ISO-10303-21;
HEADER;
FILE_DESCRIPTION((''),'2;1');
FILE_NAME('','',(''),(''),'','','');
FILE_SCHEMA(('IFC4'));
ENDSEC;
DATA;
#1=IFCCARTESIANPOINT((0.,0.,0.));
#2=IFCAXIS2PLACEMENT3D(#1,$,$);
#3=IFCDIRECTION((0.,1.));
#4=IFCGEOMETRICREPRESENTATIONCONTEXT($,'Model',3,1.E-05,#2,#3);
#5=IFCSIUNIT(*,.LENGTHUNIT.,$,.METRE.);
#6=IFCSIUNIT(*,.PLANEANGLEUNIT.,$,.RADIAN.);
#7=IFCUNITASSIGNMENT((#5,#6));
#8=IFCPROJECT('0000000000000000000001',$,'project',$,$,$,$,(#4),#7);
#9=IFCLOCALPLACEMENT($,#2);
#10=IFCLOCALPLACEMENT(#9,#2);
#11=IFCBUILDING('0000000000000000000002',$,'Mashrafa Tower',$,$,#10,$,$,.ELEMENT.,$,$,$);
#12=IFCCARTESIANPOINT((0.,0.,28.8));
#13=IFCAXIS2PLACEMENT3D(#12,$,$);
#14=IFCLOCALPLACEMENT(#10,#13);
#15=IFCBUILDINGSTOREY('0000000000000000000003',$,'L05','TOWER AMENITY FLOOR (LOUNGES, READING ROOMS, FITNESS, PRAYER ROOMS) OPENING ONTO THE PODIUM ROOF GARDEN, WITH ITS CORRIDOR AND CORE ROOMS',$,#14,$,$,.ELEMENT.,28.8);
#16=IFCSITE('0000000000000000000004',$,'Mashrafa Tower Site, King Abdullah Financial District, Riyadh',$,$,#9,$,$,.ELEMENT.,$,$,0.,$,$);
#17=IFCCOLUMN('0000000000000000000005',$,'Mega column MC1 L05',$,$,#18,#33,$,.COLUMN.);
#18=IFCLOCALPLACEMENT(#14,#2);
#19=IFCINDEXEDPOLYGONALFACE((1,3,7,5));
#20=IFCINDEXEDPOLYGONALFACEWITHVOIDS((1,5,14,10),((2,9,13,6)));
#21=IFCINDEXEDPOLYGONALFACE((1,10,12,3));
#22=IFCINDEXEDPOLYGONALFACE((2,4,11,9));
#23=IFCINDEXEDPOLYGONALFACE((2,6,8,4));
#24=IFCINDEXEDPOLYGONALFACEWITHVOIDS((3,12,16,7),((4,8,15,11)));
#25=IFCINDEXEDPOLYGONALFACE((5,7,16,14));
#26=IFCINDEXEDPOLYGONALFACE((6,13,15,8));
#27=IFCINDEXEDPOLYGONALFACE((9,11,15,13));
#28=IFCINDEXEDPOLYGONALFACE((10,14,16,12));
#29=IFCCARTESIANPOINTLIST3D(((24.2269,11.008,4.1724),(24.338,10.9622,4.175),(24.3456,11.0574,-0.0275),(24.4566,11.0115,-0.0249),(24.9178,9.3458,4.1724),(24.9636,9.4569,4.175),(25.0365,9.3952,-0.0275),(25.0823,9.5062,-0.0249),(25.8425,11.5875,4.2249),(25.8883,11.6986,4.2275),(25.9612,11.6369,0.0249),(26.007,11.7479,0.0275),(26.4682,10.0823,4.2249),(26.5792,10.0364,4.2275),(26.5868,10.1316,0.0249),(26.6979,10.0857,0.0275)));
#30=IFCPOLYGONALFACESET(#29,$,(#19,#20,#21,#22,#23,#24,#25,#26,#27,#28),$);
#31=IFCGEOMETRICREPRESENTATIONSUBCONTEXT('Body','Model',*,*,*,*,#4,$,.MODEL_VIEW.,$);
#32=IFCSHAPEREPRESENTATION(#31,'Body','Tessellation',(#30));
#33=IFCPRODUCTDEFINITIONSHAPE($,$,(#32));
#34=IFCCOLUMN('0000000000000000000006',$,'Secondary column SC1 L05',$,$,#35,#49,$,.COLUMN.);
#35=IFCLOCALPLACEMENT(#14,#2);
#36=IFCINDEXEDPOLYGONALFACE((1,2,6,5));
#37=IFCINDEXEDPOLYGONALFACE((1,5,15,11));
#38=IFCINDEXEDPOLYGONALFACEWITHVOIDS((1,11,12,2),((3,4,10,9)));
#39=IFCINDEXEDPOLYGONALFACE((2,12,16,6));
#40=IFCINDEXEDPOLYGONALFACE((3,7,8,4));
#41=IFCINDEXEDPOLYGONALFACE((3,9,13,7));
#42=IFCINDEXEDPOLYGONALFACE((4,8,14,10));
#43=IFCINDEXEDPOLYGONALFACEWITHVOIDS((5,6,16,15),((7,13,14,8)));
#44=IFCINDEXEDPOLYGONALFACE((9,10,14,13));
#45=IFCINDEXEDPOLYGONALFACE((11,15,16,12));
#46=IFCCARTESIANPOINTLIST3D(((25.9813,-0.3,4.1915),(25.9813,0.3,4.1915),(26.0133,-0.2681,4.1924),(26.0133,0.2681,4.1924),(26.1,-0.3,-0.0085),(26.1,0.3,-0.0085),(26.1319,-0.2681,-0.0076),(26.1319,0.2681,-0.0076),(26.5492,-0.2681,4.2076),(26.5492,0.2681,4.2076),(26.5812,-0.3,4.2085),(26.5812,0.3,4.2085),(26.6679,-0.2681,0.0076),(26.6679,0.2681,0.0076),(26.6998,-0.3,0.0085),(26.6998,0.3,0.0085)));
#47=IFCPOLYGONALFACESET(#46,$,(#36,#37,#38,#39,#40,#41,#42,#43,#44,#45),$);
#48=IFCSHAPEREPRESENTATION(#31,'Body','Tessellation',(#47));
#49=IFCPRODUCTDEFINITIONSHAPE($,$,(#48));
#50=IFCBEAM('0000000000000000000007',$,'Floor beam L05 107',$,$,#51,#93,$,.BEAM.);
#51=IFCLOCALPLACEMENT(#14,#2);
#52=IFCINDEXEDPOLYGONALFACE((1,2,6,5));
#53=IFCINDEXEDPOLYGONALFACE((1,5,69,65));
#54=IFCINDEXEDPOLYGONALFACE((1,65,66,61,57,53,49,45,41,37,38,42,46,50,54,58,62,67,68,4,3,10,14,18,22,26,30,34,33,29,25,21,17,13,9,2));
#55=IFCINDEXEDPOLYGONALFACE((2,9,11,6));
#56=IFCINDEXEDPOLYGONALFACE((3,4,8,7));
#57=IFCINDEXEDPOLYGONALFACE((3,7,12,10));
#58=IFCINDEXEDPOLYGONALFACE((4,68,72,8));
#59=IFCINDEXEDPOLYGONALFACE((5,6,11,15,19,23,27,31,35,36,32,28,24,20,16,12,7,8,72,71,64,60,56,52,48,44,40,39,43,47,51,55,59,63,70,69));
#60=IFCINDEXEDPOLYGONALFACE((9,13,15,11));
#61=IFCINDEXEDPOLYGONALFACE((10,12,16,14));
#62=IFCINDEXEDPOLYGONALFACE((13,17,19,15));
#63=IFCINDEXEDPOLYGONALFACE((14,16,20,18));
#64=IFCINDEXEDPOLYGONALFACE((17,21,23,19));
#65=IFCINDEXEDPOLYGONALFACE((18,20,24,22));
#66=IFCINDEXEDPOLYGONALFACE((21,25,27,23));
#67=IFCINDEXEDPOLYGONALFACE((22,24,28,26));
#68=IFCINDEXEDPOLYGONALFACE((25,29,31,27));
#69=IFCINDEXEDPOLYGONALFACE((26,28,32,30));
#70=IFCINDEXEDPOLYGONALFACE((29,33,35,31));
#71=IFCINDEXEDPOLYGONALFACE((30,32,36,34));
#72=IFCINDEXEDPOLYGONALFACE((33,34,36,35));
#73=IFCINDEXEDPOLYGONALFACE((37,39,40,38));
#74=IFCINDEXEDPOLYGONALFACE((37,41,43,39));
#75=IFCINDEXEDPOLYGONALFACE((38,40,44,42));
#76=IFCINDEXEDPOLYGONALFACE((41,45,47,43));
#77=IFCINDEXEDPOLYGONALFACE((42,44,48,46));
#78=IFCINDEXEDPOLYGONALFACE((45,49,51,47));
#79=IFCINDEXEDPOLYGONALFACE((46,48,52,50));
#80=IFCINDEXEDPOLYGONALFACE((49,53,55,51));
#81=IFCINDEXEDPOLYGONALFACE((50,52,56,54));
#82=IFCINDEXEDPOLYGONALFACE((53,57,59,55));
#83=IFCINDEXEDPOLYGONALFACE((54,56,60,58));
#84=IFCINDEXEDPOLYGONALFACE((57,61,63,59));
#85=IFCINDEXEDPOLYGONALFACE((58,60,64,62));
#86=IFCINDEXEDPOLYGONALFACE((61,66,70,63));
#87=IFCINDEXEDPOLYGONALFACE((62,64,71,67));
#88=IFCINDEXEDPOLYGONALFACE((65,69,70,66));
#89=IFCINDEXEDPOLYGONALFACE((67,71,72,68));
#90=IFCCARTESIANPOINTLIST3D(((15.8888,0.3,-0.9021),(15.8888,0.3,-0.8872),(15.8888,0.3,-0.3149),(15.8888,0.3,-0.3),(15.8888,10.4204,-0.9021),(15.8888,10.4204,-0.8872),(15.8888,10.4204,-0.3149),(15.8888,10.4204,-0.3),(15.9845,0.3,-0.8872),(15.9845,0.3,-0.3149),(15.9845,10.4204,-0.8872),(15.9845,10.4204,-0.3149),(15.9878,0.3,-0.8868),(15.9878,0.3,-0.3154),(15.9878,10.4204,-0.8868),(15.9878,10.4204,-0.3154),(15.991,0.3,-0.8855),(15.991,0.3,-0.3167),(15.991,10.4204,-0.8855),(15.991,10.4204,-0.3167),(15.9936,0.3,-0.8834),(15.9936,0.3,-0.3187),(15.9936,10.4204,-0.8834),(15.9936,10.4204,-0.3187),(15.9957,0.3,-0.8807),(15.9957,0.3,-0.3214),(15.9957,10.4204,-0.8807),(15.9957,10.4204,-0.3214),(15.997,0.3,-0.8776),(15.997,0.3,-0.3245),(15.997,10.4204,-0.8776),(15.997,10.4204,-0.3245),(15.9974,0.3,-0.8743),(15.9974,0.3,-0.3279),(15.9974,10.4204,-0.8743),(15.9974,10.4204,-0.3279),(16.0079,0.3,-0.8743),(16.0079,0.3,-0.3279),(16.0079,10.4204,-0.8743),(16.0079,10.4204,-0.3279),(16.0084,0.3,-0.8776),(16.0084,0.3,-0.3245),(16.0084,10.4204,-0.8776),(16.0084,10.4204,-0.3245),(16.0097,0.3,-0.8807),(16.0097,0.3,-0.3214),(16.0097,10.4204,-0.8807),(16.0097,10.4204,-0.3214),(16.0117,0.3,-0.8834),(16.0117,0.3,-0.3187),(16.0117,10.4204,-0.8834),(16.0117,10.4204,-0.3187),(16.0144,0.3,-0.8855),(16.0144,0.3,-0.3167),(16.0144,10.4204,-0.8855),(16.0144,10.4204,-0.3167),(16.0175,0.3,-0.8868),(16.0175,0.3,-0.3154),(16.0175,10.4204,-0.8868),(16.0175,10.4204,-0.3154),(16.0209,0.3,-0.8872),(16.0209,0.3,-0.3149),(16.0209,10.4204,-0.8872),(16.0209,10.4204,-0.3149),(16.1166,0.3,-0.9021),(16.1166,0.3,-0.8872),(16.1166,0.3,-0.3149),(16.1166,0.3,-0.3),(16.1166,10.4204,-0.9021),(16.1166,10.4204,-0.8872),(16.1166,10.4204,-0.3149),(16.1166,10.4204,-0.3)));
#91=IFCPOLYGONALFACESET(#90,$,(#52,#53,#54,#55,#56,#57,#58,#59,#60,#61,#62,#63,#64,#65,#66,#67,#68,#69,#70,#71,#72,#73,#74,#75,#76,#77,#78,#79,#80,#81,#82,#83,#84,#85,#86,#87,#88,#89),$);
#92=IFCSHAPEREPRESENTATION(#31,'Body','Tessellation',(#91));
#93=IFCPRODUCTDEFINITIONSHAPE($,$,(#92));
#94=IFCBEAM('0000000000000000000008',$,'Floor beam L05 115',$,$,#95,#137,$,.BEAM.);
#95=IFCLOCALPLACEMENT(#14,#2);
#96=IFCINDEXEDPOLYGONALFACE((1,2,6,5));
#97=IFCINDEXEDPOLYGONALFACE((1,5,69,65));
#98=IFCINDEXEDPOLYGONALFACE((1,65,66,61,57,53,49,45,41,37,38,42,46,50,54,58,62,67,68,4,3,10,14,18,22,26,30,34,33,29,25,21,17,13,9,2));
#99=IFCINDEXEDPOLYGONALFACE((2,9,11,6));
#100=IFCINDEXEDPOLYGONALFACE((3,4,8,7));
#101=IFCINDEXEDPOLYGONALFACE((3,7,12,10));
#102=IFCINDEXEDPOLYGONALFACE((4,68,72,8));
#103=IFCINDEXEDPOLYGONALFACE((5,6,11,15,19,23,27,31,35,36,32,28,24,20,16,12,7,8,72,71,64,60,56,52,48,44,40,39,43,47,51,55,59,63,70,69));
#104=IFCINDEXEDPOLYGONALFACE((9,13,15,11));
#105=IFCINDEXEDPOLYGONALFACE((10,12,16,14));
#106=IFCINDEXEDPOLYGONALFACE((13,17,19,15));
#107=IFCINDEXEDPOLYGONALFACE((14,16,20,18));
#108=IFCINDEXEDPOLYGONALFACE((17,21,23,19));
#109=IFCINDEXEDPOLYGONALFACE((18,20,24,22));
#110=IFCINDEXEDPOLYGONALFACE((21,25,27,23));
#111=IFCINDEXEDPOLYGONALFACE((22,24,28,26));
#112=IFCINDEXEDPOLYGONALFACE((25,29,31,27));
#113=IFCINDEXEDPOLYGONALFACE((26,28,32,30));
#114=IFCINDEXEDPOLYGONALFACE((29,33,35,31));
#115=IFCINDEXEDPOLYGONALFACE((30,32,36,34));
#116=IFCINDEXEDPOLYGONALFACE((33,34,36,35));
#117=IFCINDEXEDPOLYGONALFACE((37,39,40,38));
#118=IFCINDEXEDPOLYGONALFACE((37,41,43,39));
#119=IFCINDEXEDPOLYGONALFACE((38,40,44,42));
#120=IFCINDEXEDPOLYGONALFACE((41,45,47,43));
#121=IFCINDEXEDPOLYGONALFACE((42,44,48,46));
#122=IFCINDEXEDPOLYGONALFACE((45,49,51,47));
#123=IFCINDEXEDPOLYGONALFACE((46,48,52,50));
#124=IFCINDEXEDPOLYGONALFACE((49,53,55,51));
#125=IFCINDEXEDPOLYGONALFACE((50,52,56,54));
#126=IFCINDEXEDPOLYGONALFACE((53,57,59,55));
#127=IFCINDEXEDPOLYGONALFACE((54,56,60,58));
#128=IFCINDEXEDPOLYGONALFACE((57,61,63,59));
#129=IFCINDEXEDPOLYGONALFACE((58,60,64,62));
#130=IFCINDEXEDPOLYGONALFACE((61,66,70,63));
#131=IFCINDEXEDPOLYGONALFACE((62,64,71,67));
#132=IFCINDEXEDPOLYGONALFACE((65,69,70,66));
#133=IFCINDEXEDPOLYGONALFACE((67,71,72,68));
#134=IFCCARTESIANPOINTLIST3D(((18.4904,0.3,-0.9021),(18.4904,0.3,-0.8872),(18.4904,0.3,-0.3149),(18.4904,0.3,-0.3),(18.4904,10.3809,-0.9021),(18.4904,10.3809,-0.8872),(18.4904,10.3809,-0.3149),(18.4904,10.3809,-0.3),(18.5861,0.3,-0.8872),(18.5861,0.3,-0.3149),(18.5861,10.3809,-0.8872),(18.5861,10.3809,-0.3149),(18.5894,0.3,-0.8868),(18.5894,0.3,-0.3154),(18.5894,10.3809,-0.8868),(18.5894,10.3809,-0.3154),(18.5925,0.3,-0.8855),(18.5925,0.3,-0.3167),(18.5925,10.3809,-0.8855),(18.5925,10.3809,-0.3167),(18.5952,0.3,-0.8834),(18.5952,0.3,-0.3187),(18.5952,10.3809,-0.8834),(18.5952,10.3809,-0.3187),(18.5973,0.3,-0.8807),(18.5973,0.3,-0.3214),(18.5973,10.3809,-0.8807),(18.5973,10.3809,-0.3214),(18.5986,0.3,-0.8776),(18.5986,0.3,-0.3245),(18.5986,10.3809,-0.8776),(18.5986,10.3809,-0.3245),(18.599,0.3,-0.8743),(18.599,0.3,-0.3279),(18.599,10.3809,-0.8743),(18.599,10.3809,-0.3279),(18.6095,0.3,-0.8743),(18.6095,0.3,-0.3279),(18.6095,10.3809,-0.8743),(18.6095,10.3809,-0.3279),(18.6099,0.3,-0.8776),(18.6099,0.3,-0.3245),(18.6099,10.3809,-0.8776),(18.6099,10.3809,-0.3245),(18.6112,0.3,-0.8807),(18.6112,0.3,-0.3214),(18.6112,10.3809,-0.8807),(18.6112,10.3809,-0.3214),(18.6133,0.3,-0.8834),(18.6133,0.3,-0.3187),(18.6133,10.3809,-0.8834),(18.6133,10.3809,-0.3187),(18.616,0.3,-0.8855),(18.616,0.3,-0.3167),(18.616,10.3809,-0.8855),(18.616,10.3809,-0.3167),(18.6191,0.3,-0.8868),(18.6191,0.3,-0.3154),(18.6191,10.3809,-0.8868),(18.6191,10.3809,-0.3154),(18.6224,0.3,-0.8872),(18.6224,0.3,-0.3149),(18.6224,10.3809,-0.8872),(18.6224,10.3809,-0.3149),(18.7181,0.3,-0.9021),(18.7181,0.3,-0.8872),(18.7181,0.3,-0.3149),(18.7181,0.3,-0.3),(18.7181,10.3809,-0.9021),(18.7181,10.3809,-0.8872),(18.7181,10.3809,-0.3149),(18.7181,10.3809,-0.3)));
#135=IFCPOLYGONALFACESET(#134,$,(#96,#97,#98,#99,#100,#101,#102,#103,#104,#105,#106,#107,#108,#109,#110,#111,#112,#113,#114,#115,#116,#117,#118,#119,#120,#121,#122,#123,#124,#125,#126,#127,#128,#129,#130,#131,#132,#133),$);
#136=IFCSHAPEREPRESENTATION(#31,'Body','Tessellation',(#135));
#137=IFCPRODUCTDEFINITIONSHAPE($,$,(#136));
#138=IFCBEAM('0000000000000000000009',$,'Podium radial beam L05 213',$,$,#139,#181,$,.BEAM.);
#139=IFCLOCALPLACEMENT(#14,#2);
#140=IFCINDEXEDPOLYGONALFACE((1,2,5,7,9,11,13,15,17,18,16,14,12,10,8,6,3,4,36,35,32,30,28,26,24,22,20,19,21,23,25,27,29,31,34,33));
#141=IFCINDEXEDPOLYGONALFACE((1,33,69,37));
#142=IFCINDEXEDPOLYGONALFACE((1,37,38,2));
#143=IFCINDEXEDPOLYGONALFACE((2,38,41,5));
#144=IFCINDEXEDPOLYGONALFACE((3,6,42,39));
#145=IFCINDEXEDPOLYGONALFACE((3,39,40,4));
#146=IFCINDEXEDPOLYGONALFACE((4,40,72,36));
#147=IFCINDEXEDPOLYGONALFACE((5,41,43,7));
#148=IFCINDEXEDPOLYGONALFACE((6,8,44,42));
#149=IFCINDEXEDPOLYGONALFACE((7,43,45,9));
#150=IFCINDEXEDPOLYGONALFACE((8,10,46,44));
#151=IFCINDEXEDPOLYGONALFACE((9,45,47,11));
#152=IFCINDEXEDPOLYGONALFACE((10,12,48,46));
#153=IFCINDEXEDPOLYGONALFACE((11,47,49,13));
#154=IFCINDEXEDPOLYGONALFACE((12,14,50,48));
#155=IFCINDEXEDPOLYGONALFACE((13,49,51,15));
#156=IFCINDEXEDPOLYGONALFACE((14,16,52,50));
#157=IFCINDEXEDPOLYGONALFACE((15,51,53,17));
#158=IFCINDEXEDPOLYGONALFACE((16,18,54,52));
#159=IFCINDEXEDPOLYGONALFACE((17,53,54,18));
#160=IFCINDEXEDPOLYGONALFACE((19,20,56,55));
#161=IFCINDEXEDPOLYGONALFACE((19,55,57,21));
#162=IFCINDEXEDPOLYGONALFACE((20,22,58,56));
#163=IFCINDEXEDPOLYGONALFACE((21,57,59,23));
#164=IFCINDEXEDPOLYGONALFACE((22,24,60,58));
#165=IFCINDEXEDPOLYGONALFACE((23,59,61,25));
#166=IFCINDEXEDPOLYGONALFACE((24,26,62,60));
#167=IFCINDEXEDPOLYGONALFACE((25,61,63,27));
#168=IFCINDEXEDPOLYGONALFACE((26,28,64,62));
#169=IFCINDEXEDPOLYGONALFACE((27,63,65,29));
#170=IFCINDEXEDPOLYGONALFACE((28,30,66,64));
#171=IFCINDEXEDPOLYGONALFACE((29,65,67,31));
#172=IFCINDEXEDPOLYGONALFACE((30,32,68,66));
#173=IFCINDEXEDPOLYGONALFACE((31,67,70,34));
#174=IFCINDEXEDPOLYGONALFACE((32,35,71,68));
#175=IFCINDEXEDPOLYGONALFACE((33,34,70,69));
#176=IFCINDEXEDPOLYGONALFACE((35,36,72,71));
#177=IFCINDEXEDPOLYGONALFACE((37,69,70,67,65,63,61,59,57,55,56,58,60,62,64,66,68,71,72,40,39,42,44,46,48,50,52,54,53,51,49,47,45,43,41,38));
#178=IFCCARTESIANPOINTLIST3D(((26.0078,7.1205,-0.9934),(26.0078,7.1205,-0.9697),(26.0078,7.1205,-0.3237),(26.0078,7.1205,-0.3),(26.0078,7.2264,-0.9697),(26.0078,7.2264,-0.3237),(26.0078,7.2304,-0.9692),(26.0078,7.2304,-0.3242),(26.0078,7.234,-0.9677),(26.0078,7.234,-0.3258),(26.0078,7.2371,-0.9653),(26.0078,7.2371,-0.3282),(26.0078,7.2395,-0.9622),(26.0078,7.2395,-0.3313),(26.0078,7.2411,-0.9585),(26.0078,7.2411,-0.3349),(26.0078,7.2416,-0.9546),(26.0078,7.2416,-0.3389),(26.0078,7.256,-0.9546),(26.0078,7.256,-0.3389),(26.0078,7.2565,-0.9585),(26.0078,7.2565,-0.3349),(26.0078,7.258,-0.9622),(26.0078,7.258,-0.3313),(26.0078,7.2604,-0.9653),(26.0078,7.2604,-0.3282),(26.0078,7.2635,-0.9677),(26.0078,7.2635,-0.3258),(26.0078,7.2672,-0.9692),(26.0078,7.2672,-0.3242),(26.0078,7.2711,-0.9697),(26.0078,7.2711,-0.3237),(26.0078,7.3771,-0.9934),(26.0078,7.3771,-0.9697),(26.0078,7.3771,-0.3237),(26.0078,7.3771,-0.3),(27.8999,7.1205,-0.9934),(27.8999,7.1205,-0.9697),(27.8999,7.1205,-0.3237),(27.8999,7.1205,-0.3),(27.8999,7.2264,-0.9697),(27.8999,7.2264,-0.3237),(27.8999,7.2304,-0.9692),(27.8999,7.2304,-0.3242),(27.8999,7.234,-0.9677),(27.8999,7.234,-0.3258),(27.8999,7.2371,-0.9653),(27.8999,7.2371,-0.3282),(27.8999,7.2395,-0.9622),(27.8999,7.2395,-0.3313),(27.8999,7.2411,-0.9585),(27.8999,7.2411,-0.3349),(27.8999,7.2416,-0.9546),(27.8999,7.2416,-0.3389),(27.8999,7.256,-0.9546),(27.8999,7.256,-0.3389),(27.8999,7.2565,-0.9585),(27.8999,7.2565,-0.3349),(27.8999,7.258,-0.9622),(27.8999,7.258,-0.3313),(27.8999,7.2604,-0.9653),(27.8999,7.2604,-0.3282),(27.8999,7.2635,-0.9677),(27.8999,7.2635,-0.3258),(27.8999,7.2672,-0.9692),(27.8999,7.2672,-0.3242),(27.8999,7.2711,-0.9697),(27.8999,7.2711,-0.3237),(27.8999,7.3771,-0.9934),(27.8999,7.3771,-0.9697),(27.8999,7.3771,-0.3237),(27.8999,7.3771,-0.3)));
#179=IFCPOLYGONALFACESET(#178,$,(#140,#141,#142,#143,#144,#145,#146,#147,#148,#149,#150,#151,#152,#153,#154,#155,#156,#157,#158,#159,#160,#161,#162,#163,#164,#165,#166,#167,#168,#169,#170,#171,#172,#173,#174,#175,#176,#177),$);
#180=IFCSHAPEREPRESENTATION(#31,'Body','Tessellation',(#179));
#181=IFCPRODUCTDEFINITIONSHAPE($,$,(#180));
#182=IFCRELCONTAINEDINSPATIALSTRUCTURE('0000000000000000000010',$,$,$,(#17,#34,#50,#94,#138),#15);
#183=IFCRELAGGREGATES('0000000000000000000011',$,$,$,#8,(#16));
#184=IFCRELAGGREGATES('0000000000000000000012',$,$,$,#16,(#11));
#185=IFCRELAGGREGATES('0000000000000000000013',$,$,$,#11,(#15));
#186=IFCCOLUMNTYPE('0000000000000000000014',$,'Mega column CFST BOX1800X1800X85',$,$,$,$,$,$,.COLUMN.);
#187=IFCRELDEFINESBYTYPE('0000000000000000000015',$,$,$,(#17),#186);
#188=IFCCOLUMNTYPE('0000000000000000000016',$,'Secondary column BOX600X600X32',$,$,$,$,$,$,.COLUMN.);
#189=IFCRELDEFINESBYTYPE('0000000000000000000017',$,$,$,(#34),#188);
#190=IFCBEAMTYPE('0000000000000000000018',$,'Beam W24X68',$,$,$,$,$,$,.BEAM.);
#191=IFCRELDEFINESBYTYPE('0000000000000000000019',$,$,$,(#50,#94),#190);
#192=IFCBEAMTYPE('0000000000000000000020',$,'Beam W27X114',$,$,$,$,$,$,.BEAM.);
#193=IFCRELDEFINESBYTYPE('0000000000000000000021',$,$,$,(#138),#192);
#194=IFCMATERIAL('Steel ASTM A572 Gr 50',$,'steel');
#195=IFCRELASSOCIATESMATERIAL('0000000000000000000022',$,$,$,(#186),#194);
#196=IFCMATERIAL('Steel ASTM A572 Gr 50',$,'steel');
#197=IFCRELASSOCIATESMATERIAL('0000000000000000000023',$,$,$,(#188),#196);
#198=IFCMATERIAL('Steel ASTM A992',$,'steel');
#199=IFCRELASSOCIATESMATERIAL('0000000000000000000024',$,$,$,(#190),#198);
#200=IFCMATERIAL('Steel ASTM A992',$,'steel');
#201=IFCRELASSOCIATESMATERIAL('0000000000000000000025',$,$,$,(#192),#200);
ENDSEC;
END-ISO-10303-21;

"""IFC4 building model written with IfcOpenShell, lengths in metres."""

from ifc_helpers import new_model, si_unit, direction, frame, origin, origin_2d, place, context, subcontext, project, spatial, hollow_rectangle, i_section, extrude, material, material_profile, profile_set, type_object, element, save


model = new_model("IFC4")

# Units and contexts
model_context = context("Model", 3, precision=1e-05, world=origin(), true_north=direction((0.0, 1.0)))
body_context = subcontext(model_context, "Body", "Model", "MODEL_VIEW")
ifc_project = project(units=[si_unit("LENGTHUNIT", "METRE"), si_unit("PLANEANGLEUNIT", "RADIAN")], contexts=[model_context])

# Site, building, storey
site_placement = place(None, origin())
site = spatial("IfcSite", under=ifc_project, at=site_placement, Name="Mashrafa Tower Site, King Abdullah Financial District, Riyadh", CompositionType="ELEMENT", RefElevation=0.0)
building_placement = place(site_placement, origin())
building = spatial("IfcBuilding", under=site, at=building_placement, Name="Mashrafa Tower", CompositionType="ELEMENT")
storey_placement = place(building_placement, frame((0.0, 0.0, 28.8)))
storey = spatial("IfcBuildingStorey", under=building, at=storey_placement, Name="L05", Description="TOWER AMENITY FLOOR (LOUNGES, READING ROOMS, FITNESS, PRAYER ROOMS) OPENING ONTO THE PODIUM ROOF GARDEN, WITH ITS CORRIDOR AND CORE ROOMS", CompositionType="ELEMENT", Elevation=28.8)

# Columns
ifc_material_1 = material(Name="Steel ASTM A572 Gr 50", Category="steel")
ifc_material_profile_1 = material_profile(ifc_material_1, hollow_rectangle(XDim=1.8, YDim=1.8, WallThickness=0.085, at=origin_2d()), Name="BOX1800X1800X85")
ifc_profile_set_1 = profile_set([ifc_material_profile_1], Name="Steel ASTM A572 Gr 50")
column_type_1 = type_object("IfcColumnType", Name="Mega column CFST BOX1800X1800X85", PredefinedType="COLUMN", material=ifc_profile_set_1)
column_1_placement = place(storey_placement, frame((25.5217, 10.5715, 0.0), z_axis=(-0.028238, -0.011737, 0.999532), x_axis=(0.383806, -0.923414, 0.0)))
element("IfcColumn", 1, at=column_1_placement, inside=storey, type_object=column_type_1, Name="Mega column MC1 L05", PredefinedType="COLUMN", context=body_context, shape_type="SweptSolid", body=[
    extrude(hollow_rectangle(XDim=1.8, YDim=1.8, WallThickness=0.085, at=origin_2d()), origin(), (0.0, 0.0, 1.0), 4.2019),
])
ifc_material_2 = material(Name="Steel ASTM A572 Gr 50", Category="steel")
ifc_material_profile_2 = material_profile(ifc_material_2, hollow_rectangle(XDim=0.6001, YDim=0.6001, WallThickness=0.032, at=origin_2d()), Name="BOX600X600X32")
ifc_profile_set_2 = profile_set([ifc_material_profile_2], Name="Steel ASTM A572 Gr 50")
column_type_2 = type_object("IfcColumnType", Name="Secondary column BOX600X600X32", PredefinedType="COLUMN", material=ifc_profile_set_2)
column_2_placement = place(storey_placement, frame((26.3999, 0.0, 0.0), z_axis=(-0.02824, 0.0, 0.999601), x_axis=(0.0, -1.0, 0.0)))
element("IfcColumn", 2, at=column_2_placement, inside=storey, type_object=column_type_2, Name="Secondary column SC1 L05", PredefinedType="COLUMN", context=body_context, shape_type="SweptSolid", body=[
    extrude(hollow_rectangle(XDim=0.6001, YDim=0.6001, WallThickness=0.032, at=origin_2d()), origin(), (0.0, 0.0, 1.0), 4.2017),
])

# Beams
ifc_material_3 = material(Name="Steel ASTM A992", Category="steel")
ifc_material_profile_3 = material_profile(ifc_material_3, i_section(OverallWidth=0.2278, OverallDepth=0.6021, WebThickness=0.0105, FlangeThickness=0.0149, FilletRadius=0.0129, at=origin_2d()), Name="W24X68")
ifc_profile_set_3 = profile_set([ifc_material_profile_3], Name="Steel ASTM A992")
beam_type_1 = type_object("IfcBeamType", Name="Beam W24X68", PredefinedType="BEAM", material=ifc_profile_set_3)
beam_1_placement = place(storey_placement, frame((16.0027, 10.4204, -0.6011), z_axis=(0.0, -1.0, 0.0), x_axis=(1.0, 0.0, 0.0)))
element("IfcBeam", 3, at=beam_1_placement, inside=storey, type_object=beam_type_1, Name="Floor beam L05 107", PredefinedType="BEAM", context=body_context, shape_type="SweptSolid", body=[
    extrude(i_section(OverallWidth=0.2278, OverallDepth=0.6021, WebThickness=0.0105, FlangeThickness=0.0149, FilletRadius=0.0129, at=origin_2d()), origin(), (0.0, 0.0, 1.0), 10.1204),
])
beam_2_placement = place(storey_placement, frame((18.6042, 10.3809, -0.6011), z_axis=(0.0, -1.0, 0.0), x_axis=(1.0, 0.0, 0.0)))
element("IfcBeam", 4, at=beam_2_placement, inside=storey, type_object=beam_type_1, Name="Floor beam L05 115", PredefinedType="BEAM", context=body_context, shape_type="SweptSolid", body=[
    extrude(i_section(OverallWidth=0.2278, OverallDepth=0.6021, WebThickness=0.0105, FlangeThickness=0.0149, FilletRadius=0.0129, at=origin_2d()), origin(), (0.0, 0.0, 1.0), 10.0808),
])
ifc_material_4 = material(Name="Steel ASTM A992", Category="steel")
ifc_material_profile_4 = material_profile(ifc_material_4, i_section(OverallWidth=0.2566, OverallDepth=0.6934, WebThickness=0.0144, FlangeThickness=0.0237, FilletRadius=0.0151, at=origin_2d()), Name="W27X114")
ifc_profile_set_4 = profile_set([ifc_material_profile_4], Name="Steel ASTM A992")
beam_type_2 = type_object("IfcBeamType", Name="Beam W27X114", PredefinedType="BEAM", material=ifc_profile_set_4)
beam_3_placement = place(storey_placement, frame((26.0078, 7.2488, -0.6467), z_axis=(1.0, 0.0, 0.0), x_axis=(0.0, 1.0, 0.0)))
element("IfcBeam", 5, at=beam_3_placement, inside=storey, type_object=beam_type_2, Name="Podium radial beam L05 213", PredefinedType="BEAM", context=body_context, shape_type="SweptSolid", body=[
    extrude(i_section(OverallWidth=0.2566, OverallDepth=0.6934, WebThickness=0.0144, FlangeThickness=0.0237, FilletRadius=0.0151, at=origin_2d()), origin(), (0.0, 0.0, 1.0), 1.8921),
])

save(model, "model.ifc")
